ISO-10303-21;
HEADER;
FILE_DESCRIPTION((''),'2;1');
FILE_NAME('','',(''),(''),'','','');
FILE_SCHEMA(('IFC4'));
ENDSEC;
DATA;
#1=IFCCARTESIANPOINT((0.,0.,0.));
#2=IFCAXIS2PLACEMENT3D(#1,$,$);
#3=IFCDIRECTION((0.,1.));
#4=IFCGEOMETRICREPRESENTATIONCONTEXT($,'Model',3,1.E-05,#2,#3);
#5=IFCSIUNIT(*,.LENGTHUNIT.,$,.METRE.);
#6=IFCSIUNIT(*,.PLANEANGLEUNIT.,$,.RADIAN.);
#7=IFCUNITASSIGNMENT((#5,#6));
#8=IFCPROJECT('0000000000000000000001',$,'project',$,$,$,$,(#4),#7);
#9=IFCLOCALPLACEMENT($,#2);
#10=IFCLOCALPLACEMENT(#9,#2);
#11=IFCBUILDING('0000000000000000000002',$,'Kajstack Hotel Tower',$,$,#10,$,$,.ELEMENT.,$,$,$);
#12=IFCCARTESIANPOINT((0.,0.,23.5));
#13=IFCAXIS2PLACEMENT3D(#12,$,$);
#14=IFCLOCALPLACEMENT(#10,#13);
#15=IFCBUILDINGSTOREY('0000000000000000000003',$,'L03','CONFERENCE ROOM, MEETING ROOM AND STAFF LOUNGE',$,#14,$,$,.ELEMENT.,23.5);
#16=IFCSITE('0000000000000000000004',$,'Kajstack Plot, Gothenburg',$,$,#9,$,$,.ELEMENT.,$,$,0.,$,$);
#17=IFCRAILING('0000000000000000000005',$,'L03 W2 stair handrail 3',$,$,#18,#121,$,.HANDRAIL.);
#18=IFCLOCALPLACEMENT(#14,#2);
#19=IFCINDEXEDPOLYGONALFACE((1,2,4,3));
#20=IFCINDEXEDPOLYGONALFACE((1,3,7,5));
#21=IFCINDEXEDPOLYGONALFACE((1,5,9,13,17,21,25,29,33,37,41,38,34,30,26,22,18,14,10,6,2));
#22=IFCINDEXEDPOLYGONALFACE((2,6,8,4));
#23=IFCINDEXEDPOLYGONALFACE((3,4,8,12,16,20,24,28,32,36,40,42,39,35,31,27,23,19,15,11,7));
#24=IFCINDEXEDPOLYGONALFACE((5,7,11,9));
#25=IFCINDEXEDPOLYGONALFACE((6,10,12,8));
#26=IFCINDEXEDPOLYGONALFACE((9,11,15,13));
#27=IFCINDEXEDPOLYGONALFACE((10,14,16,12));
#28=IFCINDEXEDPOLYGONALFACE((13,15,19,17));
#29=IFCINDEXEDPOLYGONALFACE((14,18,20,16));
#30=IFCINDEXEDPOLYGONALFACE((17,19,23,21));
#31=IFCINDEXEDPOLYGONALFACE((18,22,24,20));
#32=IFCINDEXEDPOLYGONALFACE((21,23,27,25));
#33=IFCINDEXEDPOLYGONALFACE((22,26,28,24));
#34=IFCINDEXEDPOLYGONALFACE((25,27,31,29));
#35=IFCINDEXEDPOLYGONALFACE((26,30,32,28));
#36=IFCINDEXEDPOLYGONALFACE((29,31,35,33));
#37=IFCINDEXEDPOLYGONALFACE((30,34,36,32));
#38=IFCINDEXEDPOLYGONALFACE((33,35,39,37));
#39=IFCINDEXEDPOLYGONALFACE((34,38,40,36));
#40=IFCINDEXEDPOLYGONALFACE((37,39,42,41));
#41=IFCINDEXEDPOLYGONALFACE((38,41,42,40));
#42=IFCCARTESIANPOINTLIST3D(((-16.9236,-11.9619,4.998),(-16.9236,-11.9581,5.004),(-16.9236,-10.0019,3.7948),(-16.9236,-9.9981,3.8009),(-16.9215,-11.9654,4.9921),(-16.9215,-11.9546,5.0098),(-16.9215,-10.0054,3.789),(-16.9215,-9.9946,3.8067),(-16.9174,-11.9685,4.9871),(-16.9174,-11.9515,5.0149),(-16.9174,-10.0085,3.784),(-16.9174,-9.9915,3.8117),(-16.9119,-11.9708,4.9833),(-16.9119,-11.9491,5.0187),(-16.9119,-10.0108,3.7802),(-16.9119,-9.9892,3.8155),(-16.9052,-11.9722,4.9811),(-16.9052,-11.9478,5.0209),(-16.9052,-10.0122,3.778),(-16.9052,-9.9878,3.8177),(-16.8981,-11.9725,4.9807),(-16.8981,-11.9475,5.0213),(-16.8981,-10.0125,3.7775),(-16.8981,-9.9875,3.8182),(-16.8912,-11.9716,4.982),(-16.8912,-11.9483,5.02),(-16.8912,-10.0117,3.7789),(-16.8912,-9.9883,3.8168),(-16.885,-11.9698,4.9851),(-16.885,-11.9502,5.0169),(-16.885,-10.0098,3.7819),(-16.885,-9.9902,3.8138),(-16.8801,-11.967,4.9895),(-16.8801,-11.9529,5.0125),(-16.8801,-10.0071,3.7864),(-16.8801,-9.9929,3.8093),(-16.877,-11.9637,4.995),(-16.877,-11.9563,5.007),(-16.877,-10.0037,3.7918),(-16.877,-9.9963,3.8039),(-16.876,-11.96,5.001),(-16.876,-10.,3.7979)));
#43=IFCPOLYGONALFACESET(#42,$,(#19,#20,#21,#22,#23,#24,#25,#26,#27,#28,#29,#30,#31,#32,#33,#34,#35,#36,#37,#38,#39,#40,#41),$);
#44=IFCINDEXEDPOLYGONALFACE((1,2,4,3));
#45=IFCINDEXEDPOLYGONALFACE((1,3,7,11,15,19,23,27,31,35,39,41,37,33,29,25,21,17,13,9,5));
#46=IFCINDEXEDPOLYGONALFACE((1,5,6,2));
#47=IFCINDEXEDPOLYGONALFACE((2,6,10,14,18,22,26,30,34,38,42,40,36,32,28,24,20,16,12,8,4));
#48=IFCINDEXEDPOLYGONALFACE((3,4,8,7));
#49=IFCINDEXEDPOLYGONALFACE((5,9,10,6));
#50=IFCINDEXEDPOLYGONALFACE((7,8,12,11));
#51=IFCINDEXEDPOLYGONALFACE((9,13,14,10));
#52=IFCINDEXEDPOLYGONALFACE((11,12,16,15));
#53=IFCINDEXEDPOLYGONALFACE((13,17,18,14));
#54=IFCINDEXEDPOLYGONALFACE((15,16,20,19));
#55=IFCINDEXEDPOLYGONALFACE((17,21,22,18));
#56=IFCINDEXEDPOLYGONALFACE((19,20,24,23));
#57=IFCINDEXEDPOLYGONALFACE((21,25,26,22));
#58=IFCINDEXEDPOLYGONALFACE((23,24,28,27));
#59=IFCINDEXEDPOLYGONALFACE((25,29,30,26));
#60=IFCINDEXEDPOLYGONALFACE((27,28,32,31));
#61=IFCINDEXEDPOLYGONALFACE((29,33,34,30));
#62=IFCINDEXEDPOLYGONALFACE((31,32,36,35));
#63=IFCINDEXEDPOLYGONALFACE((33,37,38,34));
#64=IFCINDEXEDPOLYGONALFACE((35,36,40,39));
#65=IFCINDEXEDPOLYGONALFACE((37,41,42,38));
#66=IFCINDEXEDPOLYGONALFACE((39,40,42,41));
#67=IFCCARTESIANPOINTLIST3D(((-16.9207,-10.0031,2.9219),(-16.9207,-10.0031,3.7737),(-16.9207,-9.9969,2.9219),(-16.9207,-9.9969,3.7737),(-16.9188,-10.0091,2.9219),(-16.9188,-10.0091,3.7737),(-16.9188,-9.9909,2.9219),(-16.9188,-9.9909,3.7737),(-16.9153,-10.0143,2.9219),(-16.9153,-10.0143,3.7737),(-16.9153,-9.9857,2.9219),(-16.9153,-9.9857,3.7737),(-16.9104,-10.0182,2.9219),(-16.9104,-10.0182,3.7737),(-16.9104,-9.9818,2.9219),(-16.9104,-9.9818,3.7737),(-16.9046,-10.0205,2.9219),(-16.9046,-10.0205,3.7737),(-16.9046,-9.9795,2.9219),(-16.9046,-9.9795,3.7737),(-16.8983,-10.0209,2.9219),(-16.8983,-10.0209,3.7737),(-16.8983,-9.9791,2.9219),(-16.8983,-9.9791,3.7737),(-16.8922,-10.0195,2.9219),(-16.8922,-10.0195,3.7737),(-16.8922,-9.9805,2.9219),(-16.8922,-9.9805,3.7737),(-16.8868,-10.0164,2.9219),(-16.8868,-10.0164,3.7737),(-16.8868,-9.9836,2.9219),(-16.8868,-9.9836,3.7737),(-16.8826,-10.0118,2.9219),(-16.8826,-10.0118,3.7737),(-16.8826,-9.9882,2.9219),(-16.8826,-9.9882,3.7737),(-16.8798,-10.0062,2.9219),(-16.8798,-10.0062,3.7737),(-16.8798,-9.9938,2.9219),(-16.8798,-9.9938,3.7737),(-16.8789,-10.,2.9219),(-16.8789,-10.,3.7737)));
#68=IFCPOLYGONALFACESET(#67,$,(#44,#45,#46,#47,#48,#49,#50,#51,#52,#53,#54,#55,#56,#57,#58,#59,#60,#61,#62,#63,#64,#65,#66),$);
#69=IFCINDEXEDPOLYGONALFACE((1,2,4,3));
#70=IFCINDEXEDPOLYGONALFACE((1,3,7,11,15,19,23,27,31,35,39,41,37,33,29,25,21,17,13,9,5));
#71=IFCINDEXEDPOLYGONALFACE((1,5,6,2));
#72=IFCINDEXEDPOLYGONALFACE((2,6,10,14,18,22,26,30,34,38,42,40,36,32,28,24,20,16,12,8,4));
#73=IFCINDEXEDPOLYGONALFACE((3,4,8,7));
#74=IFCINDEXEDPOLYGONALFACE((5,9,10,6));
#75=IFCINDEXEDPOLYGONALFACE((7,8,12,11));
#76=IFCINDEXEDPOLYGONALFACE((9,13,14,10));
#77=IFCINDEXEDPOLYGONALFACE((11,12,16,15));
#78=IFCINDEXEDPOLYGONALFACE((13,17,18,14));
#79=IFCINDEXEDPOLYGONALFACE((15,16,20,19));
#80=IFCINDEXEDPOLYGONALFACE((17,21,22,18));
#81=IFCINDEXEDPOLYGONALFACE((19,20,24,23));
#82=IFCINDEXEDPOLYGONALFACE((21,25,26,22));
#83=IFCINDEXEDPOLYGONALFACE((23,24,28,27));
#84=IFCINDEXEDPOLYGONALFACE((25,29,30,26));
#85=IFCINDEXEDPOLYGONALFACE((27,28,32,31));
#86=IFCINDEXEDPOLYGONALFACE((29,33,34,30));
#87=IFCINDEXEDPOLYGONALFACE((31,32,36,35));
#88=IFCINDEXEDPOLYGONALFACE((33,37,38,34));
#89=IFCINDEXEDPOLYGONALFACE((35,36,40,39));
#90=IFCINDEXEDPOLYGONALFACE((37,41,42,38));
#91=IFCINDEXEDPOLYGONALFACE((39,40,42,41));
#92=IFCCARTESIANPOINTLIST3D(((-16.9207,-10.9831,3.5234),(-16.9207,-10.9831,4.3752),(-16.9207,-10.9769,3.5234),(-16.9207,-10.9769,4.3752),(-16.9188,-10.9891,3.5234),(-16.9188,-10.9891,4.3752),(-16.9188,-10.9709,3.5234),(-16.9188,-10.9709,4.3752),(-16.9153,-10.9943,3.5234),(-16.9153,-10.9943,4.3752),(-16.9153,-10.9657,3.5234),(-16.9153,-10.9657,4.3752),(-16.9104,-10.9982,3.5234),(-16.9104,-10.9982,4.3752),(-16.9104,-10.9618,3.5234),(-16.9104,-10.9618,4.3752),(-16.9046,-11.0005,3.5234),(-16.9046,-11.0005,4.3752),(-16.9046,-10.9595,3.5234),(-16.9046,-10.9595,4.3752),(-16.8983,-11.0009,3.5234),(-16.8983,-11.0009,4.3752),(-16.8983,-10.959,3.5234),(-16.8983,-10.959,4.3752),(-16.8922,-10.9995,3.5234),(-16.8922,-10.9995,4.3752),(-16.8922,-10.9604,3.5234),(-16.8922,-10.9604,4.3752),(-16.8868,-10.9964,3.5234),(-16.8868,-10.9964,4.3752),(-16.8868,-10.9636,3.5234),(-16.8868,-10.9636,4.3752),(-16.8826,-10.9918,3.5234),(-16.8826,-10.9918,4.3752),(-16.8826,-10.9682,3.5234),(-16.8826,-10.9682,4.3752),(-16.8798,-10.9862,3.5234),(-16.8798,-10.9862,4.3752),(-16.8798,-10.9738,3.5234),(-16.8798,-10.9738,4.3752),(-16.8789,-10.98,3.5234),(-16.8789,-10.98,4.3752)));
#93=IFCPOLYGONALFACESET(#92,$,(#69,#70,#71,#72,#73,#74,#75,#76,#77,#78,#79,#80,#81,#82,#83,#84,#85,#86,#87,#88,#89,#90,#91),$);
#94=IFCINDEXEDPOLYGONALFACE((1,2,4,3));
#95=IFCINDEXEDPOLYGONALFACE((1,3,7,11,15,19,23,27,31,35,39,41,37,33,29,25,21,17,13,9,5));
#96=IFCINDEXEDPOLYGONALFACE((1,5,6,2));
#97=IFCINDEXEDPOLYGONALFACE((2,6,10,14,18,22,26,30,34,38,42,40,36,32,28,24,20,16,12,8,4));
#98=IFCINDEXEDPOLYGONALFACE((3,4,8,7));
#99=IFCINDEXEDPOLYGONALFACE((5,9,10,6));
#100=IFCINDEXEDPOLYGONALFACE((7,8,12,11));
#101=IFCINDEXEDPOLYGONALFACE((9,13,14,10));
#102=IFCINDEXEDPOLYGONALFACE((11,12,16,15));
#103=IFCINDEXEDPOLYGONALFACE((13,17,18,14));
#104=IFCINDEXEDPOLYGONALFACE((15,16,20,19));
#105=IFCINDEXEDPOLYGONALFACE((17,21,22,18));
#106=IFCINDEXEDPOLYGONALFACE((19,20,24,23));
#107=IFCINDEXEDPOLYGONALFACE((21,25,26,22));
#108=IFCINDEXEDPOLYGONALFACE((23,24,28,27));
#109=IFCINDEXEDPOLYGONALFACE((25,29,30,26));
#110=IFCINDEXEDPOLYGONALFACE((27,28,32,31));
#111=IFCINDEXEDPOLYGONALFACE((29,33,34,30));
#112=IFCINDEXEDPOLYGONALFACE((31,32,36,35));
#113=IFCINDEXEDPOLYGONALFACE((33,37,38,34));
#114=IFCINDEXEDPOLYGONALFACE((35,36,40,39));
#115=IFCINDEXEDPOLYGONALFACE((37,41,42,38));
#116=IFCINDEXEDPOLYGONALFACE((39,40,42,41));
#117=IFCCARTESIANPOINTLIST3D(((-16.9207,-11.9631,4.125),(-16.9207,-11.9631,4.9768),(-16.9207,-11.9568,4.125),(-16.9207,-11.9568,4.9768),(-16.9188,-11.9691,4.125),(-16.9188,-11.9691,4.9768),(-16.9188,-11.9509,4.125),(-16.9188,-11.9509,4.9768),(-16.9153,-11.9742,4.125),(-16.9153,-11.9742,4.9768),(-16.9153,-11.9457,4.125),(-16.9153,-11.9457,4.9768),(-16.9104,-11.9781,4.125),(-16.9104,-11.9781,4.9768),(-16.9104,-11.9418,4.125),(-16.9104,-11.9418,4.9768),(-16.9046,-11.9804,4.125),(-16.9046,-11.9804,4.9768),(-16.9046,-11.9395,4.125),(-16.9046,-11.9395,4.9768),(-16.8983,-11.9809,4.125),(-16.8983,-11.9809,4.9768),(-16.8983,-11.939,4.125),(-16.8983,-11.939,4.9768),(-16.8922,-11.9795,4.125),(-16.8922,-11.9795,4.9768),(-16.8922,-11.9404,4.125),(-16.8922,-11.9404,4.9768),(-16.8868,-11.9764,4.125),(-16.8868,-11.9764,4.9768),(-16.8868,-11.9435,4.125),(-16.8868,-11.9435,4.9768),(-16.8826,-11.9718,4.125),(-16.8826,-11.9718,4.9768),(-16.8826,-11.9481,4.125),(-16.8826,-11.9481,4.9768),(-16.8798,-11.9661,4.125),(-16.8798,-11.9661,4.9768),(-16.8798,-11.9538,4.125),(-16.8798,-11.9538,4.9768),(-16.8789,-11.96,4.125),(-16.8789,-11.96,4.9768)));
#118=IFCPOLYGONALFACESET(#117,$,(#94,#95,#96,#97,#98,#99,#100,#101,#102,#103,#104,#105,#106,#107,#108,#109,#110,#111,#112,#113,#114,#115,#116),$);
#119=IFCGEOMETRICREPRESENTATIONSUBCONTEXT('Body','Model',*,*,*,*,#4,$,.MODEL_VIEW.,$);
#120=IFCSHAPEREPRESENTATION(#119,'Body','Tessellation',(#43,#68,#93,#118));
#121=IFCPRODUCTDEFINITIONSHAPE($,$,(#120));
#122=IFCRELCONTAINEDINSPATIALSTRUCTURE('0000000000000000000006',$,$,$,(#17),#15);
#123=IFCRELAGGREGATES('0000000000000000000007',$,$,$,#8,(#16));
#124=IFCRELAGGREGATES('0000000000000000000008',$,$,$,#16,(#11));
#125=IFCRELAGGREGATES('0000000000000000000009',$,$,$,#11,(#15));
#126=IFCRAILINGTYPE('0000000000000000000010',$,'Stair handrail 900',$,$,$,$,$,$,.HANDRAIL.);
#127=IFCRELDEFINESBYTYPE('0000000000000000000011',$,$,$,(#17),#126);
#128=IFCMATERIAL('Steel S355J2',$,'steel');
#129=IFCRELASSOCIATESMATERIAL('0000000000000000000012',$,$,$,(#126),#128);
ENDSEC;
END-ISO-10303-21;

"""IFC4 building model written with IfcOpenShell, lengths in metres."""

from ifc_helpers import new_model, si_unit, direction, frame, origin, origin_2d, place, context, subcontext, project, spatial, circle, extrude, material, type_object, element, save


model = new_model("IFC4")

# Units and contexts
model_context = context("Model", 3, precision=1e-05, world=origin(), true_north=direction((0.0, 1.0)))
body_context = subcontext(model_context, "Body", "Model", "MODEL_VIEW")
ifc_project = project(units=[si_unit("LENGTHUNIT", "METRE"), si_unit("PLANEANGLEUNIT", "RADIAN")], contexts=[model_context])

# Site, building, storey
site_placement = place(None, origin())
site = spatial("IfcSite", under=ifc_project, at=site_placement, Name="Kajstack Plot, Gothenburg", CompositionType="ELEMENT", RefElevation=0.0)
building_placement = place(site_placement, origin())
building = spatial("IfcBuilding", under=site, at=building_placement, Name="Kajstack Hotel Tower", CompositionType="ELEMENT")
storey_placement = place(building_placement, frame((0.0, 0.0, 23.5)))
storey = spatial("IfcBuildingStorey", under=building, at=storey_placement, Name="L03", Description="CONFERENCE ROOM, MEETING ROOM AND STAFF LOUNGE", CompositionType="ELEMENT", Elevation=23.5)

# Railing
ifc_material_1 = material(Name="Steel S355J2", Category="steel")
railing_type_1 = type_object("IfcRailingType", Name="Stair handrail 900", PredefinedType="HANDRAIL", material=ifc_material_1)
railing_1_placement = place(storey_placement, frame((-16.8999, -10.0, 2.9219)))
element("IfcRailing", 1, at=railing_1_placement, inside=storey, type_object=railing_type_1, Name="L03 W2 stair handrail 3", PredefinedType="HANDRAIL", context=body_context, shape_type="SweptSolid", body=[
    extrude(circle(Radius=0.0239, at=origin_2d()), frame((0.0, 0.0, 0.876), z_axis=(0.0, -0.852241, 0.523149), x_axis=(1.0, 0.0, 0.0)), (0.0, 0.0, 1.0), 2.2998),
    extrude(circle(Radius=0.021, at=origin_2d()), origin(), (0.0, 0.0, 1.0), 0.8518),
    extrude(circle(Radius=0.021, at=origin_2d()), frame((0.0, -0.98, 0.6016)), (0.0, 0.0, 1.0), 0.8518),
    extrude(circle(Radius=0.021, at=origin_2d()), frame((0.0, -1.96, 1.2031)), (0.0, 0.0, 1.0), 0.8518),
])

save(model, "model.ifc")
